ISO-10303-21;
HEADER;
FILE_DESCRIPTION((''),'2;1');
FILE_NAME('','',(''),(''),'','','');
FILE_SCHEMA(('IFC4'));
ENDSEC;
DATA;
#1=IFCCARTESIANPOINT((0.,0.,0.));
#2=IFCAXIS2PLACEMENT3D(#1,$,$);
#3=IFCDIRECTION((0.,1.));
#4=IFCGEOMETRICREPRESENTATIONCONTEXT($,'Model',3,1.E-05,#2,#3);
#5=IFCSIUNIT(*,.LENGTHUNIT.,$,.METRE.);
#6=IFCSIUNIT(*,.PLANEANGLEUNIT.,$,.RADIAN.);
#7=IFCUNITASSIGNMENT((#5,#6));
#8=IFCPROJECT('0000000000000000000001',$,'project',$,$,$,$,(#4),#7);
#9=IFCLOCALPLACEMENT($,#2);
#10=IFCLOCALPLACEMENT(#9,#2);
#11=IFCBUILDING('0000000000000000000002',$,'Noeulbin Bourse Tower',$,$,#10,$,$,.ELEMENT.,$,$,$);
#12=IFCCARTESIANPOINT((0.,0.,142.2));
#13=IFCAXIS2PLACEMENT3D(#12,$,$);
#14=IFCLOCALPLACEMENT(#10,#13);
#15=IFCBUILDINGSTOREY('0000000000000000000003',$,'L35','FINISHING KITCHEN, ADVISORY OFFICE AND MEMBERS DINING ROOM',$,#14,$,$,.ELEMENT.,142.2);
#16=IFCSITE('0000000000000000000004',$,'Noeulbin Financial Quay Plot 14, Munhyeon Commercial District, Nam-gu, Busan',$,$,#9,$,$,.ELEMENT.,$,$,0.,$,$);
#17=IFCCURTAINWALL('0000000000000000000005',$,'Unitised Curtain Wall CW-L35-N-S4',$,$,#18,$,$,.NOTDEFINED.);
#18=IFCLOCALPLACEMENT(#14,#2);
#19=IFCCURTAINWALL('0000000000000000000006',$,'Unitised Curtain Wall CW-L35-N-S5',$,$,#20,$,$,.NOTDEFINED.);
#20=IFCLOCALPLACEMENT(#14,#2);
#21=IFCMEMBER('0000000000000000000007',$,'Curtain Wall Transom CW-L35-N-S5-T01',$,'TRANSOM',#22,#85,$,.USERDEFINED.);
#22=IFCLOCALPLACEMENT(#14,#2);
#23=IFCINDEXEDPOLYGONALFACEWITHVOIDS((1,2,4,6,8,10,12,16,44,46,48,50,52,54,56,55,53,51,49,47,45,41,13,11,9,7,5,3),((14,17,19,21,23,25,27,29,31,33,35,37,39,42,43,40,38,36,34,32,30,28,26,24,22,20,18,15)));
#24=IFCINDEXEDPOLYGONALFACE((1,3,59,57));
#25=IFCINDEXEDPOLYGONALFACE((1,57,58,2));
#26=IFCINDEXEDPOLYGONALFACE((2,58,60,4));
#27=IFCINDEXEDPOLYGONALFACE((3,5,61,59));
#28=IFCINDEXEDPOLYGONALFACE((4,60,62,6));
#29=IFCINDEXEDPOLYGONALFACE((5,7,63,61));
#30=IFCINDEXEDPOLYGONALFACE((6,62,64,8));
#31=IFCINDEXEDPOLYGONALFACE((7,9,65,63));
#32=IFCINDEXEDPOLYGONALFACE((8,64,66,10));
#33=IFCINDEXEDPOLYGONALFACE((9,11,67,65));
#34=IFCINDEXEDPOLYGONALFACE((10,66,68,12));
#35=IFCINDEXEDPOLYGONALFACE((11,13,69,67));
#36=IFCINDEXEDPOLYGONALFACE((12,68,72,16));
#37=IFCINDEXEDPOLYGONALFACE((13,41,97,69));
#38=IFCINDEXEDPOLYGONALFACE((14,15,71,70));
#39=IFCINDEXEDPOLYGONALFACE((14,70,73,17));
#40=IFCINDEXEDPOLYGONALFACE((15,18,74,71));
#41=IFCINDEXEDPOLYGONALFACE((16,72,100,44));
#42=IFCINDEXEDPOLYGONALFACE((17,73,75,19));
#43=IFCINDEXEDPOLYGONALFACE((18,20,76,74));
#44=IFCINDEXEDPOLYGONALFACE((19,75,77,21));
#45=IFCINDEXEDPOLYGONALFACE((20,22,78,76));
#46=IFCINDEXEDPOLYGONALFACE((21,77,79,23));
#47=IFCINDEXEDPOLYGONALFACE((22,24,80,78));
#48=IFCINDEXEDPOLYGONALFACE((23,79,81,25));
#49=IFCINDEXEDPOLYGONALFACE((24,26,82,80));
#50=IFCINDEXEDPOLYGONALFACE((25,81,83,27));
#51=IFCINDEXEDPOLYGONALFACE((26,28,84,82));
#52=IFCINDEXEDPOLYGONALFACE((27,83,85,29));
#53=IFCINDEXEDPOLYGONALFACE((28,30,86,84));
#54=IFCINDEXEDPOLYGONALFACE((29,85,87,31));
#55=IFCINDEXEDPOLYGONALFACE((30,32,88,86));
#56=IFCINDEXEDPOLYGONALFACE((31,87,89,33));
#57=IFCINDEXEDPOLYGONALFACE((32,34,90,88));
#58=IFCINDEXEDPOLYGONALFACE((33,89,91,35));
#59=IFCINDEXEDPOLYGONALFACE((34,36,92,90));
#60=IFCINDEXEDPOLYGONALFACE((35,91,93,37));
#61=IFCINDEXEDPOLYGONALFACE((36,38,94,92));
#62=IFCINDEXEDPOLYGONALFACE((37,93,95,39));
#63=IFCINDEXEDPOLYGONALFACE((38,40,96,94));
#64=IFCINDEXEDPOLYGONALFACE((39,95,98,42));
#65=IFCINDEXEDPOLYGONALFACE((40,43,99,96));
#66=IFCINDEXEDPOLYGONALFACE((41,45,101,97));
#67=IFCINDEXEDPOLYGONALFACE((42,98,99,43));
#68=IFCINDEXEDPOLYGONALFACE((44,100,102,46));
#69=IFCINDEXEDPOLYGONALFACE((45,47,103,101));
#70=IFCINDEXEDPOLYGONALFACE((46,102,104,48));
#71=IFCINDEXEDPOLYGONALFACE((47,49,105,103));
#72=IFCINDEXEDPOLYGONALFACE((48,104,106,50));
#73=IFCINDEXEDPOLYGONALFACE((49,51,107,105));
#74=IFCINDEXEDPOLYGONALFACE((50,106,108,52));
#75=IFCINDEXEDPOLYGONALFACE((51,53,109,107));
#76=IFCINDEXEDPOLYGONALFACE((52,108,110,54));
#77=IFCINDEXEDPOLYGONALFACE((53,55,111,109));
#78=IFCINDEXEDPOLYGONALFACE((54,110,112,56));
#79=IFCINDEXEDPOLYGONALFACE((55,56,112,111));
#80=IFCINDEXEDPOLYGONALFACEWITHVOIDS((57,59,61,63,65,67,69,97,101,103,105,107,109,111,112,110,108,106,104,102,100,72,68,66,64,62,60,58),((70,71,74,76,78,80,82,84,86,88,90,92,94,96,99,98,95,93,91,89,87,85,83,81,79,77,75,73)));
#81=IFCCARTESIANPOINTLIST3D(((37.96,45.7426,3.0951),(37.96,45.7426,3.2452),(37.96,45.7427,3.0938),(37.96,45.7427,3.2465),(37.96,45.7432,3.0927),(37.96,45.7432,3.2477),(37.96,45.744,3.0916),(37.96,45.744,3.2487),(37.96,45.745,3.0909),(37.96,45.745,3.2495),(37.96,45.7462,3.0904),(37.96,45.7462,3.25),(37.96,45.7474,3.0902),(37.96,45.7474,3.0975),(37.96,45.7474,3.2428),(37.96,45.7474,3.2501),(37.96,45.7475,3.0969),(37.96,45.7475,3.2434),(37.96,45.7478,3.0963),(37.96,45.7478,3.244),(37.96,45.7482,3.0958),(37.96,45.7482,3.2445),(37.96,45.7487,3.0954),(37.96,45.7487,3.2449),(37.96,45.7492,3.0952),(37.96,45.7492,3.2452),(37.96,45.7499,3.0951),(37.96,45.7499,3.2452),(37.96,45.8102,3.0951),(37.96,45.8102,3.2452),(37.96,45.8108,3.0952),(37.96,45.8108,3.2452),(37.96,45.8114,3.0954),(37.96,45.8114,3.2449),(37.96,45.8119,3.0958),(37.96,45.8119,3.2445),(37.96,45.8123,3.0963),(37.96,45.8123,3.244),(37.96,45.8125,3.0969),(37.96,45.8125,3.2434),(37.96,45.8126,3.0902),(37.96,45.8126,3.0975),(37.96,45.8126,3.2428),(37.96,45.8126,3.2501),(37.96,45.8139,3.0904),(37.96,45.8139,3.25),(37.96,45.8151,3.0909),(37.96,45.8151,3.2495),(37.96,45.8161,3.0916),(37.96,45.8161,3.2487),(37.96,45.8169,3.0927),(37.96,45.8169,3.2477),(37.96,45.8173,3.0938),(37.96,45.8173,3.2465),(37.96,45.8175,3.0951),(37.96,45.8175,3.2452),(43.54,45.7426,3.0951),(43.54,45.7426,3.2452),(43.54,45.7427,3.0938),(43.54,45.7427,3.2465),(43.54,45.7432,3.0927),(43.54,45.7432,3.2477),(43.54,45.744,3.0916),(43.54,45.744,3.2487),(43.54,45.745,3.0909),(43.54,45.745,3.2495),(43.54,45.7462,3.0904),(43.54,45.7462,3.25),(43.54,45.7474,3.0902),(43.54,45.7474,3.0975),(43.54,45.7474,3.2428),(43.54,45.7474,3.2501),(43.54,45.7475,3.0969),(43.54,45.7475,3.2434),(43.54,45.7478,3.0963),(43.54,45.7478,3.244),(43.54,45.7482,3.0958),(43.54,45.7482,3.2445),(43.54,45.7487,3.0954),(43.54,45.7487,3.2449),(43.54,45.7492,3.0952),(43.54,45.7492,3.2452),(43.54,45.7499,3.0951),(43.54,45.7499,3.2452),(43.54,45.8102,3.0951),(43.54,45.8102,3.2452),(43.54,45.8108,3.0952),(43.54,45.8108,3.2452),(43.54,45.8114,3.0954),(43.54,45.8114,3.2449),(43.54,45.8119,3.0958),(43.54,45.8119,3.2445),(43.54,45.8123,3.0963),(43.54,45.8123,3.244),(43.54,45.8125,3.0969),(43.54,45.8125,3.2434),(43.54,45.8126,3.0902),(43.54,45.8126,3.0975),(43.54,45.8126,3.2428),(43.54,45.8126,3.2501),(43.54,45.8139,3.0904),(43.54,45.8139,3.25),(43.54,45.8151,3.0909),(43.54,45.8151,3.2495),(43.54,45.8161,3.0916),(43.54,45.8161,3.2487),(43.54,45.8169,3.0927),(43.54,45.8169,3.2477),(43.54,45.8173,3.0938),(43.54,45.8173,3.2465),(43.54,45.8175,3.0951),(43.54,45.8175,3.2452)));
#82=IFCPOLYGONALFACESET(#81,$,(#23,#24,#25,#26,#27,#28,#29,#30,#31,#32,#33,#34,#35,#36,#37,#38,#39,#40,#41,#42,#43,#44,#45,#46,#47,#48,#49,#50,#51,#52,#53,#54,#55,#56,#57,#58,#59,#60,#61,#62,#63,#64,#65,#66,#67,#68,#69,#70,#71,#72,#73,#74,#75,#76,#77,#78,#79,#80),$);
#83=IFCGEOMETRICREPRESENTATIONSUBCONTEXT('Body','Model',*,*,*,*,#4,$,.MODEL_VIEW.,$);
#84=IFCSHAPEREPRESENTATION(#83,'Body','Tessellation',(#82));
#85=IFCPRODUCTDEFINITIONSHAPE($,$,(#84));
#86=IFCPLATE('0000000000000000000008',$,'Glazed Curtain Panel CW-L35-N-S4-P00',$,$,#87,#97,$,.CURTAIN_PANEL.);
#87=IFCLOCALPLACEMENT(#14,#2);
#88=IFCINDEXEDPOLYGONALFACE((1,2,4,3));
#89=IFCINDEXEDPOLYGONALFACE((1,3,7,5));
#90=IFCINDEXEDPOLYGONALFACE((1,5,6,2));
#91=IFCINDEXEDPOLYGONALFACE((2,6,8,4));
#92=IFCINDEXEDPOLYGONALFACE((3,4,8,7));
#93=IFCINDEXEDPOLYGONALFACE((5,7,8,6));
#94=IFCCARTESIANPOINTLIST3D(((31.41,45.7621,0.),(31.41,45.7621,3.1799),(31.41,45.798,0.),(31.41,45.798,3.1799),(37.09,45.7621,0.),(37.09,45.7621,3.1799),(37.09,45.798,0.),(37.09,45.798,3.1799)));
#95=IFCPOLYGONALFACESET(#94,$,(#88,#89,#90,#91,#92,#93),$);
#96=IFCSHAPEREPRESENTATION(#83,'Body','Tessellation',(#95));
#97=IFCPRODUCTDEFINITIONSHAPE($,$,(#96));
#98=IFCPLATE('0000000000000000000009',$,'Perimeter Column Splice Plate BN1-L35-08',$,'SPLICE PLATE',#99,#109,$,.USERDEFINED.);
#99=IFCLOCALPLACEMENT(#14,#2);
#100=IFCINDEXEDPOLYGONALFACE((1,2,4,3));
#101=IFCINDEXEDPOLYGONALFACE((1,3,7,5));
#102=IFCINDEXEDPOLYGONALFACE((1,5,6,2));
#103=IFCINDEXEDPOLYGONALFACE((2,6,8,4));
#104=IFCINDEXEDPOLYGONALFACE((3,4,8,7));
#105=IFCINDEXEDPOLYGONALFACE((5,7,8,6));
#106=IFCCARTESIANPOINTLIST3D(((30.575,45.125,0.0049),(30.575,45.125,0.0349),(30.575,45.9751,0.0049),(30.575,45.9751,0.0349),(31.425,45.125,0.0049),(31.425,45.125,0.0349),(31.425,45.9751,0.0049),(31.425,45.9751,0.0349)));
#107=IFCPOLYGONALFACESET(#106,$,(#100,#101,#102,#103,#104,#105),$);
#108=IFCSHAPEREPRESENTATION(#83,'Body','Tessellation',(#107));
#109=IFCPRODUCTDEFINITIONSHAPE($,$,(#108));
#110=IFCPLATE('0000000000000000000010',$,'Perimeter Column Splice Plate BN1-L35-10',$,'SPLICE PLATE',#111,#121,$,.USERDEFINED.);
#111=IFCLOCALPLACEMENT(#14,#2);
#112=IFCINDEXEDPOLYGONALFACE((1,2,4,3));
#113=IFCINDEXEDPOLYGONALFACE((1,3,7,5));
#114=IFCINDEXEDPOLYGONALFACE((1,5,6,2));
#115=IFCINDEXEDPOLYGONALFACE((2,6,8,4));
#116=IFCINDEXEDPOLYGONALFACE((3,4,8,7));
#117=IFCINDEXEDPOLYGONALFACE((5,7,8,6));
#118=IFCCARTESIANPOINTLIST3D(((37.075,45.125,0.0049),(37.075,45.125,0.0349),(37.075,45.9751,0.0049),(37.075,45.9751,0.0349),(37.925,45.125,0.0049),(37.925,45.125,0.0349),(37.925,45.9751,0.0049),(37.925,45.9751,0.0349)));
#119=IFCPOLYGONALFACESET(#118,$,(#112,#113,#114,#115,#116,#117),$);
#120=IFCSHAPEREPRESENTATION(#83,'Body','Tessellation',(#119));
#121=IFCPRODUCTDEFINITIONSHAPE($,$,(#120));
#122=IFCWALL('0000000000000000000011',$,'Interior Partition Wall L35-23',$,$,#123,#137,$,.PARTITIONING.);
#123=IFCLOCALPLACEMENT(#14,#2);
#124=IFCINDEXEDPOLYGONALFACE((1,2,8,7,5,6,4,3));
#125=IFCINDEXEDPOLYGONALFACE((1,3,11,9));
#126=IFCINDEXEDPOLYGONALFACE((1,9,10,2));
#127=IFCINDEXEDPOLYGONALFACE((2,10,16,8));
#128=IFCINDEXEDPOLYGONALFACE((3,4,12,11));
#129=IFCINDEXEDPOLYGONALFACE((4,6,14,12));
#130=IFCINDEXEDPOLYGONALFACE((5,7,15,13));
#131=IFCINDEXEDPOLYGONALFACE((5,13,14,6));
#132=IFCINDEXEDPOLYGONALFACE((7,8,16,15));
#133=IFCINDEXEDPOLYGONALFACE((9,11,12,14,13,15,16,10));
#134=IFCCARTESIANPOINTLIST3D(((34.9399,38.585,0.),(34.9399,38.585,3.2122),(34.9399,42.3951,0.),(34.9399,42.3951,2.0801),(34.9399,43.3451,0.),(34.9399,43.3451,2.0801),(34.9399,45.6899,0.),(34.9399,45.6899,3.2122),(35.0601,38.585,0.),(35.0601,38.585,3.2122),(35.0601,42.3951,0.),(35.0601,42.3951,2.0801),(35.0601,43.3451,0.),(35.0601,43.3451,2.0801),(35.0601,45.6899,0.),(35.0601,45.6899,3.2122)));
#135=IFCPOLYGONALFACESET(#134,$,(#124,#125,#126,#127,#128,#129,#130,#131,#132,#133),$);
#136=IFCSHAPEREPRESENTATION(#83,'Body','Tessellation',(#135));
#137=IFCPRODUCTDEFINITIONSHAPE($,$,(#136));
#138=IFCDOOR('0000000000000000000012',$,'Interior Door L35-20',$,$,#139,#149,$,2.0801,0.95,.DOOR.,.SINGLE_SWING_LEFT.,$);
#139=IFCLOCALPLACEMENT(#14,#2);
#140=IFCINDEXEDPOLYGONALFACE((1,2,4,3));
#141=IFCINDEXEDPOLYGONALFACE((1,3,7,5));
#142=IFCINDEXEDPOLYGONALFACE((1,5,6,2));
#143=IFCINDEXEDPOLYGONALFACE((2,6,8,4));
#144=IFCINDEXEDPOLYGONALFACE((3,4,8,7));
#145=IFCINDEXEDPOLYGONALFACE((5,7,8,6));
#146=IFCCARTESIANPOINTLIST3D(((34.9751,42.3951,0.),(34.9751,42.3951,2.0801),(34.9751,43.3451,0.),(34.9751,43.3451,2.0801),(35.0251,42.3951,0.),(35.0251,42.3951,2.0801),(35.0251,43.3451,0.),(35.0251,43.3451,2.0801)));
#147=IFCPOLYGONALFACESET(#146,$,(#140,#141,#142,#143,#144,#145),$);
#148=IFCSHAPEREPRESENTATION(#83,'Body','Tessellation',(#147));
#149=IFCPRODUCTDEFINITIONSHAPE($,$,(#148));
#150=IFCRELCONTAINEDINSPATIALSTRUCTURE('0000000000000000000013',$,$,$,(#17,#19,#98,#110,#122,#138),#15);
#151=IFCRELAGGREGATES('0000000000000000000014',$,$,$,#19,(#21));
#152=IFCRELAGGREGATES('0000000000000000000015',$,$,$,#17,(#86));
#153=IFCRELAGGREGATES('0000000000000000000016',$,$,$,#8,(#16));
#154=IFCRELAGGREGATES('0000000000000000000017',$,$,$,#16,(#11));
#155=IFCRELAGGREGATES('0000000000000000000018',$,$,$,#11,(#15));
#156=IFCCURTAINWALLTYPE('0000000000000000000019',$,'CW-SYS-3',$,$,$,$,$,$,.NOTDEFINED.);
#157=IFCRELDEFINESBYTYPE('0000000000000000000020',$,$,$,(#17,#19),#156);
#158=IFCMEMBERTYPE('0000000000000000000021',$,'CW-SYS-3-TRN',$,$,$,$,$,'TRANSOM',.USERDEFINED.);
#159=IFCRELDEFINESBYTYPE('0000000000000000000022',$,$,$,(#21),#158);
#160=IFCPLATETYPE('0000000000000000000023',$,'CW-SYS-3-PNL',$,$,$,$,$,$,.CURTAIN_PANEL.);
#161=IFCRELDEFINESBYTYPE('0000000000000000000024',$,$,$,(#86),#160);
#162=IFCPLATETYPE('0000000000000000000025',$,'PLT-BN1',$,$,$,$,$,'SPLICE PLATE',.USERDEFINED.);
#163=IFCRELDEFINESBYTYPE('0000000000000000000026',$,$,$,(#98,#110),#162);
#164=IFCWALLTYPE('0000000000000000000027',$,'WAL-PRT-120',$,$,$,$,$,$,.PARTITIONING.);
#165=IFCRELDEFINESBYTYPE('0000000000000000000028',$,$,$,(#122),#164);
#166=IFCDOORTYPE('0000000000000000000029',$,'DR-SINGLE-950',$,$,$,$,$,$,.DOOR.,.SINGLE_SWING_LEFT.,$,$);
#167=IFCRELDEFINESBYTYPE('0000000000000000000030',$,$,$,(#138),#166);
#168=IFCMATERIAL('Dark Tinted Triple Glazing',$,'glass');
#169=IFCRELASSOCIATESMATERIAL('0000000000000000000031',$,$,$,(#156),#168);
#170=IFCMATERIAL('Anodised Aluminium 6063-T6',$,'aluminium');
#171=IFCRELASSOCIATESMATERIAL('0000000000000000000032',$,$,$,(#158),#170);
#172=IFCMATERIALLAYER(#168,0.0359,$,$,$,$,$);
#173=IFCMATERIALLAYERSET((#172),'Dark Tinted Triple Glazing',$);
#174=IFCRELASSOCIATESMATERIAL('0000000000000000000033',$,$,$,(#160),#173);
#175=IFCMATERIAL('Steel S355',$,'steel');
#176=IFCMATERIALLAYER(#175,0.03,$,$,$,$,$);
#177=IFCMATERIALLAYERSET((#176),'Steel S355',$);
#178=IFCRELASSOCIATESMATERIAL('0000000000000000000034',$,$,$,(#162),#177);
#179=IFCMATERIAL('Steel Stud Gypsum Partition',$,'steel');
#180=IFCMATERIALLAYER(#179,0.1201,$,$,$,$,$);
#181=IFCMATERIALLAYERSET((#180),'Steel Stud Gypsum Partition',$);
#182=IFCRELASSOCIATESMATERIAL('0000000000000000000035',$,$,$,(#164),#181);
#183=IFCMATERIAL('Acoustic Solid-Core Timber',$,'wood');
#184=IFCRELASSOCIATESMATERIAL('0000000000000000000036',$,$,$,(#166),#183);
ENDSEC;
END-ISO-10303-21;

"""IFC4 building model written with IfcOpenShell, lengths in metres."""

from ifc_helpers import new_model, si_unit, direction, frame, frame_2d, origin, origin_2d, place, context, subcontext, project, spatial, rectangle, hollow_rectangle, extrude, material, layer, layer_set, material_profile, profile_set, type_object, element, fill, aggregate, save


model = new_model("IFC4")

# Units and contexts
model_context = context("Model", 3, precision=1e-05, world=origin(), true_north=direction((0.0, 1.0)))
body_context = subcontext(model_context, "Body", "Model", "MODEL_VIEW")
ifc_project = project(units=[si_unit("LENGTHUNIT", "METRE"), si_unit("PLANEANGLEUNIT", "RADIAN")], contexts=[model_context])

# Site, building, storey
site_placement = place(None, origin())
site = spatial("IfcSite", under=ifc_project, at=site_placement, Name="Noeulbin Financial Quay Plot 14, Munhyeon Commercial District, Nam-gu, Busan", CompositionType="ELEMENT", RefElevation=0.0)
building_placement = place(site_placement, origin())
building = spatial("IfcBuilding", under=site, at=building_placement, Name="Noeulbin Bourse Tower", CompositionType="ELEMENT")
storey_placement = place(building_placement, frame((0.0, 0.0, 142.2)))
storey = spatial("IfcBuildingStorey", under=building, at=storey_placement, Name="L35", Description="FINISHING KITCHEN, ADVISORY OFFICE AND MEMBERS DINING ROOM", CompositionType="ELEMENT", Elevation=142.2)

# Shared definitions
ifc_material_1 = material(Name="Steel S355", Category="steel")

# Shared definitions
ifc_material_2 = material(Name="Dark Tinted Triple Glazing", Category="glass")
curtain_wall_type = type_object("IfcCurtainWallType", Name="CW-SYS-3", PredefinedType="NOTDEFINED", material=ifc_material_2)
ifc_material_3 = material(Name="Anodised Aluminium 6063-T6", Category="aluminium")

# Curtain wall
curtain_wall_1_placement = place(storey_placement, origin())
curtain_wall_1 = element("IfcCurtainWall", 1, at=curtain_wall_1_placement, inside=storey, type_object=curtain_wall_type, Name="Unitised Curtain Wall CW-L35-N-S4", PredefinedType="NOTDEFINED")

# Curtain wall
curtain_wall_2_placement = place(storey_placement, origin())
curtain_wall_2 = element("IfcCurtainWall", 2, at=curtain_wall_2_placement, inside=storey, type_object=curtain_wall_type, Name="Unitised Curtain Wall CW-L35-N-S5", PredefinedType="NOTDEFINED")

# Member
ifc_material_profile_1 = material_profile(ifc_material_3, hollow_rectangle(XDim=0.075, YDim=0.1599, WallThickness=0.0049, InnerFilletRadius=0.0024, OuterFilletRadius=0.0049, at=origin_2d()), Name="ALU-TRAN-75x160x5", Category="LoadBearing")
ifc_profile_set_1 = profile_set([ifc_material_profile_1], Name="Anodised Aluminium 6063-T6")
member_type_1 = type_object("IfcMemberType", Name="CW-SYS-3-TRN", ElementType="TRANSOM", PredefinedType="USERDEFINED", material=ifc_profile_set_1)
member_1_placement = place(storey_placement, frame((37.96, 45.78, 3.1702), z_axis=(1.0, 0.0, 0.0), x_axis=(0.0, 1.0, 0.0)))
member_1 = element("IfcMember", 3, at=member_1_placement, type_object=member_type_1, Name="Curtain Wall Transom CW-L35-N-S5-T01", ObjectType="TRANSOM", PredefinedType="USERDEFINED", context=body_context, shape_type="SweptSolid", body=[
    extrude(hollow_rectangle(XDim=0.075, YDim=0.1599, WallThickness=0.0049, InnerFilletRadius=0.0024, OuterFilletRadius=0.0049, at=origin_2d()), origin(), (0.0, 0.0, 1.0), 5.5801),
])
aggregate(curtain_wall_2, [member_1])

# Plate
ifc_layer_1 = layer(ifc_material_2, 0.0359)
ifc_layer_set_1 = layer_set([ifc_layer_1], Name="Dark Tinted Triple Glazing")
plate_type_1 = type_object("IfcPlateType", Name="CW-SYS-3-PNL", PredefinedType="CURTAIN_PANEL", material=ifc_layer_set_1)
plate_placement = place(storey_placement, frame((34.25, 45.78, 0.0), z_axis=(0.0, 0.0, 1.0), x_axis=(1.0, 0.0, 0.0)))
plate = element("IfcPlate", 4, at=plate_placement, type_object=plate_type_1, Name="Glazed Curtain Panel CW-L35-N-S4-P00", PredefinedType="CURTAIN_PANEL", context=body_context, shape_type="SweptSolid", body=[
    extrude(rectangle(XDim=5.6799, YDim=0.0359, at=origin_2d()), origin(), (0.0, 0.0, 1.0), 3.1799),
])
aggregate(curtain_wall_1, [plate])

# Plates
ifc_layer_2 = layer(ifc_material_1, 0.03)
ifc_layer_set_2 = layer_set([ifc_layer_2], Name="Steel S355")
plate_type_2 = type_object("IfcPlateType", Name="PLT-BN1", ElementType="SPLICE PLATE", PredefinedType="USERDEFINED", material=ifc_layer_set_2)
for number, where, z_axis, x_axis, name in (
    (5, (31.0, 45.55, 0.0049), (0.0, 0.0, 1.0), (1.0, 0.0, 0.0), "Perimeter Column Splice Plate BN1-L35-08"),
    (6, (37.5, 45.55, 0.0049), (0.0, 0.0, 1.0), (1.0, 0.0, 0.0), "Perimeter Column Splice Plate BN1-L35-10"),
):
    element("IfcPlate", number, at=place(storey_placement, frame(where, z_axis=z_axis, x_axis=x_axis)), inside=storey, type_object=plate_type_2, Name=name, ObjectType="SPLICE PLATE", PredefinedType="USERDEFINED", context=body_context, shape_type="SweptSolid", body=[
        extrude(rectangle(XDim=0.8501, YDim=0.8501, at=origin_2d()), origin(), (0.0, 0.0, 1.0), 0.03),
    ])

# Wall, opening, door
ifc_material_4 = material(Name="Steel Stud Gypsum Partition", Category="steel")
ifc_layer_3 = layer(ifc_material_4, 0.1201)
ifc_layer_set_3 = layer_set([ifc_layer_3], Name="Steel Stud Gypsum Partition")
wall_type = type_object("IfcWallType", Name="WAL-PRT-120", PredefinedType="PARTITIONING", material=ifc_layer_set_3)
wall_placement = place(storey_placement, frame((35.0, 38.585, 0.0), z_axis=(0.0, 0.0, 1.0), x_axis=(0.0, 1.0, 0.0)))
wall = element("IfcWall", 7, at=wall_placement, inside=storey, type_object=wall_type, Name="Interior Partition Wall L35-23", PredefinedType="PARTITIONING", context=body_context, shape_type="SweptSolid", body=[
    extrude(rectangle(XDim=7.105, YDim=0.1201, at=frame_2d((3.5525, 0.0))), origin(), (0.0, 0.0, 1.0), 3.2122),
])
opening_placement = place(wall_placement, frame((3.8101, 0.0, 0.0)))
opening = element("IfcOpeningElement", 8, at=opening_placement, cuts=wall, PredefinedType="OPENING", context=body_context, shape_type="SweptSolid", body=[
    extrude(rectangle(XDim=0.95, YDim=2.0801, at=frame_2d((0.4751, 1.04))), frame((0.0, 0.0701, 0.0), z_axis=(0.0, -1.0, 0.0), x_axis=(1.0, 0.0, 0.0)), (0.0, 0.0, 1.0), 0.1401),
])
ifc_material_5 = material(Name="Acoustic Solid-Core Timber", Category="wood")
door_type = type_object("IfcDoorType", Name="DR-SINGLE-950", OperationType="SINGLE_SWING_LEFT", PredefinedType="DOOR", material=ifc_material_5)
door_placement = place(opening_placement, origin())
door = element("IfcDoor", 9, at=door_placement, inside=storey, type_object=door_type, Name="Interior Door L35-20", OperationType="SINGLE_SWING_LEFT", OverallHeight=2.0801, OverallWidth=0.95, PredefinedType="DOOR", context=body_context, shape_type="SweptSolid", body=[
    extrude(rectangle(XDim=0.95, YDim=2.0801, at=frame_2d((0.4751, 1.04))), frame((0.0, 0.0249, 0.0), z_axis=(0.0, -1.0, 0.0), x_axis=(1.0, 0.0, 0.0)), (0.0, 0.0, 1.0), 0.05),
])
fill(opening, door)

save(model, "model.ifc")
